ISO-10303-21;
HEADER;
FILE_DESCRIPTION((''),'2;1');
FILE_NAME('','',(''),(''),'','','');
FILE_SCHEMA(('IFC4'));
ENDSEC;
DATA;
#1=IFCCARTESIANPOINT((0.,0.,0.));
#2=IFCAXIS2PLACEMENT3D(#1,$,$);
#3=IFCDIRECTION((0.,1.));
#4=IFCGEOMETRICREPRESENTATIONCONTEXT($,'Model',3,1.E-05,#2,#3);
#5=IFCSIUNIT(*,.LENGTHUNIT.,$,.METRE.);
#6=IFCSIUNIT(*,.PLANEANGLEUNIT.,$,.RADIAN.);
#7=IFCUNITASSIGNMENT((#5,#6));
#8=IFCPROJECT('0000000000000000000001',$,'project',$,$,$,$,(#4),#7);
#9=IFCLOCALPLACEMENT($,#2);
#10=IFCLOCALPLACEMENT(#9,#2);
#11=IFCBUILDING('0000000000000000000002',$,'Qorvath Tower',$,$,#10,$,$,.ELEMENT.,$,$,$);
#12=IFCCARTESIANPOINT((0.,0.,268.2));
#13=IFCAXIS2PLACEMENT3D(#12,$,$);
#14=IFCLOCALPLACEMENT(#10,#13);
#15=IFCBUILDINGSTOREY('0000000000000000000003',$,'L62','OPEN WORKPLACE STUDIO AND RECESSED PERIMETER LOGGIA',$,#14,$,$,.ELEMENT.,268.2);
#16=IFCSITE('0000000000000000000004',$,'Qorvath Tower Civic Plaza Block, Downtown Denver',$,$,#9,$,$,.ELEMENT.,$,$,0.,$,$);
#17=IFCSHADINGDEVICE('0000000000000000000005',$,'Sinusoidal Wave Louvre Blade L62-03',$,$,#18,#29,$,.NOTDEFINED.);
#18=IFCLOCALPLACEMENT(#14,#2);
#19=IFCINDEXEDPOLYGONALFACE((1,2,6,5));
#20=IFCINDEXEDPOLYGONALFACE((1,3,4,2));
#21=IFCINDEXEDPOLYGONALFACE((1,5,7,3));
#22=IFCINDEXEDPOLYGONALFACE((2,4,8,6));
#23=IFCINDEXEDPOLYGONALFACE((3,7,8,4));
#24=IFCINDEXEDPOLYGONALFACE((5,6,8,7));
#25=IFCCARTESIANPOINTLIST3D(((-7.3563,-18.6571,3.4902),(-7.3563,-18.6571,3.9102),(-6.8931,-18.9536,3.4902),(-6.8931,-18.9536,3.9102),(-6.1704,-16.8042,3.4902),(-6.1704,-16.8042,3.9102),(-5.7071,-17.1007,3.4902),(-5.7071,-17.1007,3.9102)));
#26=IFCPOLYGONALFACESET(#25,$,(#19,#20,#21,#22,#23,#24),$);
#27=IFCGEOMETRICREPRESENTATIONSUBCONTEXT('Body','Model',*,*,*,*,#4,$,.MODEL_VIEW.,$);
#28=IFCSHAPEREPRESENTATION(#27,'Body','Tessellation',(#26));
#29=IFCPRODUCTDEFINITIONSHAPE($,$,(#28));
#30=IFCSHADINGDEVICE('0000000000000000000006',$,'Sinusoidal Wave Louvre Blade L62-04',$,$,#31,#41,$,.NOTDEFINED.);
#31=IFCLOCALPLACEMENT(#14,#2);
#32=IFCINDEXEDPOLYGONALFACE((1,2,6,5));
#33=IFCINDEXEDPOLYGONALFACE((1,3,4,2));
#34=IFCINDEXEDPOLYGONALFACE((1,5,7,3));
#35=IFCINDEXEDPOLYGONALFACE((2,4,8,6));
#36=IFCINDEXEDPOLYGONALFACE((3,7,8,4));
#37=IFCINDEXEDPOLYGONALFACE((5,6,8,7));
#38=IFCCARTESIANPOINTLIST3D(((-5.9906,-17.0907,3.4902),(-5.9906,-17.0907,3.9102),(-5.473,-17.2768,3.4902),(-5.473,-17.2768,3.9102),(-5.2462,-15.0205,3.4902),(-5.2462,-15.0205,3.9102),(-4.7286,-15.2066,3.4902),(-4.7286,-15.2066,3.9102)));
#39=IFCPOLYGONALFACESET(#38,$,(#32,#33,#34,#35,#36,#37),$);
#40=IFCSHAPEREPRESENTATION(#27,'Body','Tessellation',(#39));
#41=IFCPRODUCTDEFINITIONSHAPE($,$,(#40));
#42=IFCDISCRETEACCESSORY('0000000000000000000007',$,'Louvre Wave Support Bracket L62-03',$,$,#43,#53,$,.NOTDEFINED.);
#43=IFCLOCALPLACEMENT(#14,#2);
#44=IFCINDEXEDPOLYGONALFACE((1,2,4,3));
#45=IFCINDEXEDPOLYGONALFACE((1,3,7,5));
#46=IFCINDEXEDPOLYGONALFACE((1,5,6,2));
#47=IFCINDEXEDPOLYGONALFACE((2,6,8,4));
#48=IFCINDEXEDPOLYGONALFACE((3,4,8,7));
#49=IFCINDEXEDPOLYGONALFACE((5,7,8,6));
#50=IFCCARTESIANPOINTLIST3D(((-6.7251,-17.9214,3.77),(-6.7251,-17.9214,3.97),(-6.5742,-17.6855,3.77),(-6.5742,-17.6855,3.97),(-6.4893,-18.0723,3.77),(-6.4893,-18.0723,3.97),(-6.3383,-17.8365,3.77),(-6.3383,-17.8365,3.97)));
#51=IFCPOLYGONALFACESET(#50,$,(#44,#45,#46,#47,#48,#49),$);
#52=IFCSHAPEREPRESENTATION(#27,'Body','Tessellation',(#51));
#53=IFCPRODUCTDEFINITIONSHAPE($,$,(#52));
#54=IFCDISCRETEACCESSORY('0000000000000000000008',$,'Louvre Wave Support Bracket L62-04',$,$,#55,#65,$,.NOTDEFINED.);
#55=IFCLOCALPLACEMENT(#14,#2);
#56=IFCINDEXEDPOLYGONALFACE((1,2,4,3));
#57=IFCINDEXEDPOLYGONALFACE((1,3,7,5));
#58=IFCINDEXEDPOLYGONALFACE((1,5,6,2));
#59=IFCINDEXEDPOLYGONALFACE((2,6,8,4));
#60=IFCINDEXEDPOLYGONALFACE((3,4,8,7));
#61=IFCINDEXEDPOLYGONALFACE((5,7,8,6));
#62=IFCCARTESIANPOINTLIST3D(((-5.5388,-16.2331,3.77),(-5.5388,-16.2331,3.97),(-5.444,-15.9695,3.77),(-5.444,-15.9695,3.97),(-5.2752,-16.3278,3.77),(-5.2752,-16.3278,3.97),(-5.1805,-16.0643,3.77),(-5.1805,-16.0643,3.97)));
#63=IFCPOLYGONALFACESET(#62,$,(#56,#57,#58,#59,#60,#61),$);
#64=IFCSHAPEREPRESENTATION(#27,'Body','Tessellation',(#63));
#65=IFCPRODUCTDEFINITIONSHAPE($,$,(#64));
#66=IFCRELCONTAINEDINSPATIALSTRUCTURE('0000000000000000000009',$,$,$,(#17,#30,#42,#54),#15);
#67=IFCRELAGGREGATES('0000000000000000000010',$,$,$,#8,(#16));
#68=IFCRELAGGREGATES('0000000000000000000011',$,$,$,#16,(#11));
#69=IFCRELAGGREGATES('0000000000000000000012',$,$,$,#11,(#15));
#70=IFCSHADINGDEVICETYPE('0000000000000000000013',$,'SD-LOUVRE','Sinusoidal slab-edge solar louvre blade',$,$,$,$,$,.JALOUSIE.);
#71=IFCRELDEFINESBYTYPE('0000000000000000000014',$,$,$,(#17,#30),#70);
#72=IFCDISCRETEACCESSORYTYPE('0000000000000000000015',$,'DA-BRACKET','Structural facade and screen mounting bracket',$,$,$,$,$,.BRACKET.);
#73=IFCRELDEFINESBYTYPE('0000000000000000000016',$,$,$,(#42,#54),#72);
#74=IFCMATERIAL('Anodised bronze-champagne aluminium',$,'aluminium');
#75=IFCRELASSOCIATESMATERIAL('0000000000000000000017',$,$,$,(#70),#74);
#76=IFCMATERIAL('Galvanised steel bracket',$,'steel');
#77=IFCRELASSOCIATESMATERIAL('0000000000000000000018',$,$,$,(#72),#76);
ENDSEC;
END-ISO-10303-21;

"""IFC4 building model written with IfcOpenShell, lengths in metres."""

from ifc_helpers import new_model, si_unit, direction, frame, origin, origin_2d, place, context, subcontext, project, spatial, rectangle, extrude, material, type_object, element, save


model = new_model("IFC4")

# Units and contexts
model_context = context("Model", 3, precision=1e-05, world=origin(), true_north=direction((0.0, 1.0)))
body_context = subcontext(model_context, "Body", "Model", "MODEL_VIEW")
ifc_project = project(units=[si_unit("LENGTHUNIT", "METRE"), si_unit("PLANEANGLEUNIT", "RADIAN")], contexts=[model_context])

# Site, building, storey
site_placement = place(None, origin())
site = spatial("IfcSite", under=ifc_project, at=site_placement, Name="Qorvath Tower Civic Plaza Block, Downtown Denver", CompositionType="ELEMENT", RefElevation=0.0)
building_placement = place(site_placement, origin())
building = spatial("IfcBuilding", under=site, at=building_placement, Name="Qorvath Tower", CompositionType="ELEMENT")
storey_placement = place(building_placement, frame((0.0, 0.0, 268.2)))
storey = spatial("IfcBuildingStorey", under=building, at=storey_placement, Name="L62", Description="OPEN WORKPLACE STUDIO AND RECESSED PERIMETER LOGGIA", CompositionType="ELEMENT", Elevation=268.2)

# Shading devices
ifc_material_1 = material(Name="Anodised bronze-champagne aluminium", Category="aluminium")
shading_device_type = type_object("IfcShadingDeviceType", Name="SD-LOUVRE", Description="Sinusoidal slab-edge solar louvre blade", PredefinedType="JALOUSIE", material=ifc_material_1)
for number, where, z_axis, x_axis, name in (
    (1, (-6.5317, -17.8789, 3.4902), (0.0, 0.0, 1.0), (0.539074, 0.842259, 0.0), "Sinusoidal Wave Louvre Blade L62-03"),
    (2, (-5.3596, -16.1487, 3.4902), (0.0, 0.0, 1.0), (0.338365, 0.941015, 0.0), "Sinusoidal Wave Louvre Blade L62-04"),
):
    element("IfcShadingDevice", number, at=place(storey_placement, frame(where, z_axis=z_axis, x_axis=x_axis)), inside=storey, type_object=shading_device_type, Name=name, PredefinedType="NOTDEFINED", context=body_context, shape_type="SweptSolid", body=[
        extrude(rectangle(XDim=2.2, YDim=0.55, at=origin_2d()), origin(), (0.0, 0.0, 1.0), 0.4199),
    ])

# Discrete accessories
ifc_material_2 = material(Name="Galvanised steel bracket", Category="steel")
discrete_accessory_type = type_object("IfcDiscreteAccessoryType", Name="DA-BRACKET", Description="Structural facade and screen mounting bracket", PredefinedType="BRACKET", material=ifc_material_2)
for number, where, z_axis, x_axis, name in (
    (3, (-6.5317, -17.8789, 3.77), (0.0, 0.0, 1.0), (0.539074, 0.842259, 0.0), "Louvre Wave Support Bracket L62-03"),
    (4, (-5.3596, -16.1487, 3.77), (0.0, 0.0, 1.0), (0.338365, 0.941015, 0.0), "Louvre Wave Support Bracket L62-04"),
):
    element("IfcDiscreteAccessory", number, at=place(storey_placement, frame(where, z_axis=z_axis, x_axis=x_axis)), inside=storey, type_object=discrete_accessory_type, Name=name, PredefinedType="NOTDEFINED", context=body_context, shape_type="SweptSolid", body=[
        extrude(rectangle(XDim=0.28, YDim=0.28, at=origin_2d()), origin(), (0.0, 0.0, 1.0), 0.2),
    ])

save(model, "model.ifc")
